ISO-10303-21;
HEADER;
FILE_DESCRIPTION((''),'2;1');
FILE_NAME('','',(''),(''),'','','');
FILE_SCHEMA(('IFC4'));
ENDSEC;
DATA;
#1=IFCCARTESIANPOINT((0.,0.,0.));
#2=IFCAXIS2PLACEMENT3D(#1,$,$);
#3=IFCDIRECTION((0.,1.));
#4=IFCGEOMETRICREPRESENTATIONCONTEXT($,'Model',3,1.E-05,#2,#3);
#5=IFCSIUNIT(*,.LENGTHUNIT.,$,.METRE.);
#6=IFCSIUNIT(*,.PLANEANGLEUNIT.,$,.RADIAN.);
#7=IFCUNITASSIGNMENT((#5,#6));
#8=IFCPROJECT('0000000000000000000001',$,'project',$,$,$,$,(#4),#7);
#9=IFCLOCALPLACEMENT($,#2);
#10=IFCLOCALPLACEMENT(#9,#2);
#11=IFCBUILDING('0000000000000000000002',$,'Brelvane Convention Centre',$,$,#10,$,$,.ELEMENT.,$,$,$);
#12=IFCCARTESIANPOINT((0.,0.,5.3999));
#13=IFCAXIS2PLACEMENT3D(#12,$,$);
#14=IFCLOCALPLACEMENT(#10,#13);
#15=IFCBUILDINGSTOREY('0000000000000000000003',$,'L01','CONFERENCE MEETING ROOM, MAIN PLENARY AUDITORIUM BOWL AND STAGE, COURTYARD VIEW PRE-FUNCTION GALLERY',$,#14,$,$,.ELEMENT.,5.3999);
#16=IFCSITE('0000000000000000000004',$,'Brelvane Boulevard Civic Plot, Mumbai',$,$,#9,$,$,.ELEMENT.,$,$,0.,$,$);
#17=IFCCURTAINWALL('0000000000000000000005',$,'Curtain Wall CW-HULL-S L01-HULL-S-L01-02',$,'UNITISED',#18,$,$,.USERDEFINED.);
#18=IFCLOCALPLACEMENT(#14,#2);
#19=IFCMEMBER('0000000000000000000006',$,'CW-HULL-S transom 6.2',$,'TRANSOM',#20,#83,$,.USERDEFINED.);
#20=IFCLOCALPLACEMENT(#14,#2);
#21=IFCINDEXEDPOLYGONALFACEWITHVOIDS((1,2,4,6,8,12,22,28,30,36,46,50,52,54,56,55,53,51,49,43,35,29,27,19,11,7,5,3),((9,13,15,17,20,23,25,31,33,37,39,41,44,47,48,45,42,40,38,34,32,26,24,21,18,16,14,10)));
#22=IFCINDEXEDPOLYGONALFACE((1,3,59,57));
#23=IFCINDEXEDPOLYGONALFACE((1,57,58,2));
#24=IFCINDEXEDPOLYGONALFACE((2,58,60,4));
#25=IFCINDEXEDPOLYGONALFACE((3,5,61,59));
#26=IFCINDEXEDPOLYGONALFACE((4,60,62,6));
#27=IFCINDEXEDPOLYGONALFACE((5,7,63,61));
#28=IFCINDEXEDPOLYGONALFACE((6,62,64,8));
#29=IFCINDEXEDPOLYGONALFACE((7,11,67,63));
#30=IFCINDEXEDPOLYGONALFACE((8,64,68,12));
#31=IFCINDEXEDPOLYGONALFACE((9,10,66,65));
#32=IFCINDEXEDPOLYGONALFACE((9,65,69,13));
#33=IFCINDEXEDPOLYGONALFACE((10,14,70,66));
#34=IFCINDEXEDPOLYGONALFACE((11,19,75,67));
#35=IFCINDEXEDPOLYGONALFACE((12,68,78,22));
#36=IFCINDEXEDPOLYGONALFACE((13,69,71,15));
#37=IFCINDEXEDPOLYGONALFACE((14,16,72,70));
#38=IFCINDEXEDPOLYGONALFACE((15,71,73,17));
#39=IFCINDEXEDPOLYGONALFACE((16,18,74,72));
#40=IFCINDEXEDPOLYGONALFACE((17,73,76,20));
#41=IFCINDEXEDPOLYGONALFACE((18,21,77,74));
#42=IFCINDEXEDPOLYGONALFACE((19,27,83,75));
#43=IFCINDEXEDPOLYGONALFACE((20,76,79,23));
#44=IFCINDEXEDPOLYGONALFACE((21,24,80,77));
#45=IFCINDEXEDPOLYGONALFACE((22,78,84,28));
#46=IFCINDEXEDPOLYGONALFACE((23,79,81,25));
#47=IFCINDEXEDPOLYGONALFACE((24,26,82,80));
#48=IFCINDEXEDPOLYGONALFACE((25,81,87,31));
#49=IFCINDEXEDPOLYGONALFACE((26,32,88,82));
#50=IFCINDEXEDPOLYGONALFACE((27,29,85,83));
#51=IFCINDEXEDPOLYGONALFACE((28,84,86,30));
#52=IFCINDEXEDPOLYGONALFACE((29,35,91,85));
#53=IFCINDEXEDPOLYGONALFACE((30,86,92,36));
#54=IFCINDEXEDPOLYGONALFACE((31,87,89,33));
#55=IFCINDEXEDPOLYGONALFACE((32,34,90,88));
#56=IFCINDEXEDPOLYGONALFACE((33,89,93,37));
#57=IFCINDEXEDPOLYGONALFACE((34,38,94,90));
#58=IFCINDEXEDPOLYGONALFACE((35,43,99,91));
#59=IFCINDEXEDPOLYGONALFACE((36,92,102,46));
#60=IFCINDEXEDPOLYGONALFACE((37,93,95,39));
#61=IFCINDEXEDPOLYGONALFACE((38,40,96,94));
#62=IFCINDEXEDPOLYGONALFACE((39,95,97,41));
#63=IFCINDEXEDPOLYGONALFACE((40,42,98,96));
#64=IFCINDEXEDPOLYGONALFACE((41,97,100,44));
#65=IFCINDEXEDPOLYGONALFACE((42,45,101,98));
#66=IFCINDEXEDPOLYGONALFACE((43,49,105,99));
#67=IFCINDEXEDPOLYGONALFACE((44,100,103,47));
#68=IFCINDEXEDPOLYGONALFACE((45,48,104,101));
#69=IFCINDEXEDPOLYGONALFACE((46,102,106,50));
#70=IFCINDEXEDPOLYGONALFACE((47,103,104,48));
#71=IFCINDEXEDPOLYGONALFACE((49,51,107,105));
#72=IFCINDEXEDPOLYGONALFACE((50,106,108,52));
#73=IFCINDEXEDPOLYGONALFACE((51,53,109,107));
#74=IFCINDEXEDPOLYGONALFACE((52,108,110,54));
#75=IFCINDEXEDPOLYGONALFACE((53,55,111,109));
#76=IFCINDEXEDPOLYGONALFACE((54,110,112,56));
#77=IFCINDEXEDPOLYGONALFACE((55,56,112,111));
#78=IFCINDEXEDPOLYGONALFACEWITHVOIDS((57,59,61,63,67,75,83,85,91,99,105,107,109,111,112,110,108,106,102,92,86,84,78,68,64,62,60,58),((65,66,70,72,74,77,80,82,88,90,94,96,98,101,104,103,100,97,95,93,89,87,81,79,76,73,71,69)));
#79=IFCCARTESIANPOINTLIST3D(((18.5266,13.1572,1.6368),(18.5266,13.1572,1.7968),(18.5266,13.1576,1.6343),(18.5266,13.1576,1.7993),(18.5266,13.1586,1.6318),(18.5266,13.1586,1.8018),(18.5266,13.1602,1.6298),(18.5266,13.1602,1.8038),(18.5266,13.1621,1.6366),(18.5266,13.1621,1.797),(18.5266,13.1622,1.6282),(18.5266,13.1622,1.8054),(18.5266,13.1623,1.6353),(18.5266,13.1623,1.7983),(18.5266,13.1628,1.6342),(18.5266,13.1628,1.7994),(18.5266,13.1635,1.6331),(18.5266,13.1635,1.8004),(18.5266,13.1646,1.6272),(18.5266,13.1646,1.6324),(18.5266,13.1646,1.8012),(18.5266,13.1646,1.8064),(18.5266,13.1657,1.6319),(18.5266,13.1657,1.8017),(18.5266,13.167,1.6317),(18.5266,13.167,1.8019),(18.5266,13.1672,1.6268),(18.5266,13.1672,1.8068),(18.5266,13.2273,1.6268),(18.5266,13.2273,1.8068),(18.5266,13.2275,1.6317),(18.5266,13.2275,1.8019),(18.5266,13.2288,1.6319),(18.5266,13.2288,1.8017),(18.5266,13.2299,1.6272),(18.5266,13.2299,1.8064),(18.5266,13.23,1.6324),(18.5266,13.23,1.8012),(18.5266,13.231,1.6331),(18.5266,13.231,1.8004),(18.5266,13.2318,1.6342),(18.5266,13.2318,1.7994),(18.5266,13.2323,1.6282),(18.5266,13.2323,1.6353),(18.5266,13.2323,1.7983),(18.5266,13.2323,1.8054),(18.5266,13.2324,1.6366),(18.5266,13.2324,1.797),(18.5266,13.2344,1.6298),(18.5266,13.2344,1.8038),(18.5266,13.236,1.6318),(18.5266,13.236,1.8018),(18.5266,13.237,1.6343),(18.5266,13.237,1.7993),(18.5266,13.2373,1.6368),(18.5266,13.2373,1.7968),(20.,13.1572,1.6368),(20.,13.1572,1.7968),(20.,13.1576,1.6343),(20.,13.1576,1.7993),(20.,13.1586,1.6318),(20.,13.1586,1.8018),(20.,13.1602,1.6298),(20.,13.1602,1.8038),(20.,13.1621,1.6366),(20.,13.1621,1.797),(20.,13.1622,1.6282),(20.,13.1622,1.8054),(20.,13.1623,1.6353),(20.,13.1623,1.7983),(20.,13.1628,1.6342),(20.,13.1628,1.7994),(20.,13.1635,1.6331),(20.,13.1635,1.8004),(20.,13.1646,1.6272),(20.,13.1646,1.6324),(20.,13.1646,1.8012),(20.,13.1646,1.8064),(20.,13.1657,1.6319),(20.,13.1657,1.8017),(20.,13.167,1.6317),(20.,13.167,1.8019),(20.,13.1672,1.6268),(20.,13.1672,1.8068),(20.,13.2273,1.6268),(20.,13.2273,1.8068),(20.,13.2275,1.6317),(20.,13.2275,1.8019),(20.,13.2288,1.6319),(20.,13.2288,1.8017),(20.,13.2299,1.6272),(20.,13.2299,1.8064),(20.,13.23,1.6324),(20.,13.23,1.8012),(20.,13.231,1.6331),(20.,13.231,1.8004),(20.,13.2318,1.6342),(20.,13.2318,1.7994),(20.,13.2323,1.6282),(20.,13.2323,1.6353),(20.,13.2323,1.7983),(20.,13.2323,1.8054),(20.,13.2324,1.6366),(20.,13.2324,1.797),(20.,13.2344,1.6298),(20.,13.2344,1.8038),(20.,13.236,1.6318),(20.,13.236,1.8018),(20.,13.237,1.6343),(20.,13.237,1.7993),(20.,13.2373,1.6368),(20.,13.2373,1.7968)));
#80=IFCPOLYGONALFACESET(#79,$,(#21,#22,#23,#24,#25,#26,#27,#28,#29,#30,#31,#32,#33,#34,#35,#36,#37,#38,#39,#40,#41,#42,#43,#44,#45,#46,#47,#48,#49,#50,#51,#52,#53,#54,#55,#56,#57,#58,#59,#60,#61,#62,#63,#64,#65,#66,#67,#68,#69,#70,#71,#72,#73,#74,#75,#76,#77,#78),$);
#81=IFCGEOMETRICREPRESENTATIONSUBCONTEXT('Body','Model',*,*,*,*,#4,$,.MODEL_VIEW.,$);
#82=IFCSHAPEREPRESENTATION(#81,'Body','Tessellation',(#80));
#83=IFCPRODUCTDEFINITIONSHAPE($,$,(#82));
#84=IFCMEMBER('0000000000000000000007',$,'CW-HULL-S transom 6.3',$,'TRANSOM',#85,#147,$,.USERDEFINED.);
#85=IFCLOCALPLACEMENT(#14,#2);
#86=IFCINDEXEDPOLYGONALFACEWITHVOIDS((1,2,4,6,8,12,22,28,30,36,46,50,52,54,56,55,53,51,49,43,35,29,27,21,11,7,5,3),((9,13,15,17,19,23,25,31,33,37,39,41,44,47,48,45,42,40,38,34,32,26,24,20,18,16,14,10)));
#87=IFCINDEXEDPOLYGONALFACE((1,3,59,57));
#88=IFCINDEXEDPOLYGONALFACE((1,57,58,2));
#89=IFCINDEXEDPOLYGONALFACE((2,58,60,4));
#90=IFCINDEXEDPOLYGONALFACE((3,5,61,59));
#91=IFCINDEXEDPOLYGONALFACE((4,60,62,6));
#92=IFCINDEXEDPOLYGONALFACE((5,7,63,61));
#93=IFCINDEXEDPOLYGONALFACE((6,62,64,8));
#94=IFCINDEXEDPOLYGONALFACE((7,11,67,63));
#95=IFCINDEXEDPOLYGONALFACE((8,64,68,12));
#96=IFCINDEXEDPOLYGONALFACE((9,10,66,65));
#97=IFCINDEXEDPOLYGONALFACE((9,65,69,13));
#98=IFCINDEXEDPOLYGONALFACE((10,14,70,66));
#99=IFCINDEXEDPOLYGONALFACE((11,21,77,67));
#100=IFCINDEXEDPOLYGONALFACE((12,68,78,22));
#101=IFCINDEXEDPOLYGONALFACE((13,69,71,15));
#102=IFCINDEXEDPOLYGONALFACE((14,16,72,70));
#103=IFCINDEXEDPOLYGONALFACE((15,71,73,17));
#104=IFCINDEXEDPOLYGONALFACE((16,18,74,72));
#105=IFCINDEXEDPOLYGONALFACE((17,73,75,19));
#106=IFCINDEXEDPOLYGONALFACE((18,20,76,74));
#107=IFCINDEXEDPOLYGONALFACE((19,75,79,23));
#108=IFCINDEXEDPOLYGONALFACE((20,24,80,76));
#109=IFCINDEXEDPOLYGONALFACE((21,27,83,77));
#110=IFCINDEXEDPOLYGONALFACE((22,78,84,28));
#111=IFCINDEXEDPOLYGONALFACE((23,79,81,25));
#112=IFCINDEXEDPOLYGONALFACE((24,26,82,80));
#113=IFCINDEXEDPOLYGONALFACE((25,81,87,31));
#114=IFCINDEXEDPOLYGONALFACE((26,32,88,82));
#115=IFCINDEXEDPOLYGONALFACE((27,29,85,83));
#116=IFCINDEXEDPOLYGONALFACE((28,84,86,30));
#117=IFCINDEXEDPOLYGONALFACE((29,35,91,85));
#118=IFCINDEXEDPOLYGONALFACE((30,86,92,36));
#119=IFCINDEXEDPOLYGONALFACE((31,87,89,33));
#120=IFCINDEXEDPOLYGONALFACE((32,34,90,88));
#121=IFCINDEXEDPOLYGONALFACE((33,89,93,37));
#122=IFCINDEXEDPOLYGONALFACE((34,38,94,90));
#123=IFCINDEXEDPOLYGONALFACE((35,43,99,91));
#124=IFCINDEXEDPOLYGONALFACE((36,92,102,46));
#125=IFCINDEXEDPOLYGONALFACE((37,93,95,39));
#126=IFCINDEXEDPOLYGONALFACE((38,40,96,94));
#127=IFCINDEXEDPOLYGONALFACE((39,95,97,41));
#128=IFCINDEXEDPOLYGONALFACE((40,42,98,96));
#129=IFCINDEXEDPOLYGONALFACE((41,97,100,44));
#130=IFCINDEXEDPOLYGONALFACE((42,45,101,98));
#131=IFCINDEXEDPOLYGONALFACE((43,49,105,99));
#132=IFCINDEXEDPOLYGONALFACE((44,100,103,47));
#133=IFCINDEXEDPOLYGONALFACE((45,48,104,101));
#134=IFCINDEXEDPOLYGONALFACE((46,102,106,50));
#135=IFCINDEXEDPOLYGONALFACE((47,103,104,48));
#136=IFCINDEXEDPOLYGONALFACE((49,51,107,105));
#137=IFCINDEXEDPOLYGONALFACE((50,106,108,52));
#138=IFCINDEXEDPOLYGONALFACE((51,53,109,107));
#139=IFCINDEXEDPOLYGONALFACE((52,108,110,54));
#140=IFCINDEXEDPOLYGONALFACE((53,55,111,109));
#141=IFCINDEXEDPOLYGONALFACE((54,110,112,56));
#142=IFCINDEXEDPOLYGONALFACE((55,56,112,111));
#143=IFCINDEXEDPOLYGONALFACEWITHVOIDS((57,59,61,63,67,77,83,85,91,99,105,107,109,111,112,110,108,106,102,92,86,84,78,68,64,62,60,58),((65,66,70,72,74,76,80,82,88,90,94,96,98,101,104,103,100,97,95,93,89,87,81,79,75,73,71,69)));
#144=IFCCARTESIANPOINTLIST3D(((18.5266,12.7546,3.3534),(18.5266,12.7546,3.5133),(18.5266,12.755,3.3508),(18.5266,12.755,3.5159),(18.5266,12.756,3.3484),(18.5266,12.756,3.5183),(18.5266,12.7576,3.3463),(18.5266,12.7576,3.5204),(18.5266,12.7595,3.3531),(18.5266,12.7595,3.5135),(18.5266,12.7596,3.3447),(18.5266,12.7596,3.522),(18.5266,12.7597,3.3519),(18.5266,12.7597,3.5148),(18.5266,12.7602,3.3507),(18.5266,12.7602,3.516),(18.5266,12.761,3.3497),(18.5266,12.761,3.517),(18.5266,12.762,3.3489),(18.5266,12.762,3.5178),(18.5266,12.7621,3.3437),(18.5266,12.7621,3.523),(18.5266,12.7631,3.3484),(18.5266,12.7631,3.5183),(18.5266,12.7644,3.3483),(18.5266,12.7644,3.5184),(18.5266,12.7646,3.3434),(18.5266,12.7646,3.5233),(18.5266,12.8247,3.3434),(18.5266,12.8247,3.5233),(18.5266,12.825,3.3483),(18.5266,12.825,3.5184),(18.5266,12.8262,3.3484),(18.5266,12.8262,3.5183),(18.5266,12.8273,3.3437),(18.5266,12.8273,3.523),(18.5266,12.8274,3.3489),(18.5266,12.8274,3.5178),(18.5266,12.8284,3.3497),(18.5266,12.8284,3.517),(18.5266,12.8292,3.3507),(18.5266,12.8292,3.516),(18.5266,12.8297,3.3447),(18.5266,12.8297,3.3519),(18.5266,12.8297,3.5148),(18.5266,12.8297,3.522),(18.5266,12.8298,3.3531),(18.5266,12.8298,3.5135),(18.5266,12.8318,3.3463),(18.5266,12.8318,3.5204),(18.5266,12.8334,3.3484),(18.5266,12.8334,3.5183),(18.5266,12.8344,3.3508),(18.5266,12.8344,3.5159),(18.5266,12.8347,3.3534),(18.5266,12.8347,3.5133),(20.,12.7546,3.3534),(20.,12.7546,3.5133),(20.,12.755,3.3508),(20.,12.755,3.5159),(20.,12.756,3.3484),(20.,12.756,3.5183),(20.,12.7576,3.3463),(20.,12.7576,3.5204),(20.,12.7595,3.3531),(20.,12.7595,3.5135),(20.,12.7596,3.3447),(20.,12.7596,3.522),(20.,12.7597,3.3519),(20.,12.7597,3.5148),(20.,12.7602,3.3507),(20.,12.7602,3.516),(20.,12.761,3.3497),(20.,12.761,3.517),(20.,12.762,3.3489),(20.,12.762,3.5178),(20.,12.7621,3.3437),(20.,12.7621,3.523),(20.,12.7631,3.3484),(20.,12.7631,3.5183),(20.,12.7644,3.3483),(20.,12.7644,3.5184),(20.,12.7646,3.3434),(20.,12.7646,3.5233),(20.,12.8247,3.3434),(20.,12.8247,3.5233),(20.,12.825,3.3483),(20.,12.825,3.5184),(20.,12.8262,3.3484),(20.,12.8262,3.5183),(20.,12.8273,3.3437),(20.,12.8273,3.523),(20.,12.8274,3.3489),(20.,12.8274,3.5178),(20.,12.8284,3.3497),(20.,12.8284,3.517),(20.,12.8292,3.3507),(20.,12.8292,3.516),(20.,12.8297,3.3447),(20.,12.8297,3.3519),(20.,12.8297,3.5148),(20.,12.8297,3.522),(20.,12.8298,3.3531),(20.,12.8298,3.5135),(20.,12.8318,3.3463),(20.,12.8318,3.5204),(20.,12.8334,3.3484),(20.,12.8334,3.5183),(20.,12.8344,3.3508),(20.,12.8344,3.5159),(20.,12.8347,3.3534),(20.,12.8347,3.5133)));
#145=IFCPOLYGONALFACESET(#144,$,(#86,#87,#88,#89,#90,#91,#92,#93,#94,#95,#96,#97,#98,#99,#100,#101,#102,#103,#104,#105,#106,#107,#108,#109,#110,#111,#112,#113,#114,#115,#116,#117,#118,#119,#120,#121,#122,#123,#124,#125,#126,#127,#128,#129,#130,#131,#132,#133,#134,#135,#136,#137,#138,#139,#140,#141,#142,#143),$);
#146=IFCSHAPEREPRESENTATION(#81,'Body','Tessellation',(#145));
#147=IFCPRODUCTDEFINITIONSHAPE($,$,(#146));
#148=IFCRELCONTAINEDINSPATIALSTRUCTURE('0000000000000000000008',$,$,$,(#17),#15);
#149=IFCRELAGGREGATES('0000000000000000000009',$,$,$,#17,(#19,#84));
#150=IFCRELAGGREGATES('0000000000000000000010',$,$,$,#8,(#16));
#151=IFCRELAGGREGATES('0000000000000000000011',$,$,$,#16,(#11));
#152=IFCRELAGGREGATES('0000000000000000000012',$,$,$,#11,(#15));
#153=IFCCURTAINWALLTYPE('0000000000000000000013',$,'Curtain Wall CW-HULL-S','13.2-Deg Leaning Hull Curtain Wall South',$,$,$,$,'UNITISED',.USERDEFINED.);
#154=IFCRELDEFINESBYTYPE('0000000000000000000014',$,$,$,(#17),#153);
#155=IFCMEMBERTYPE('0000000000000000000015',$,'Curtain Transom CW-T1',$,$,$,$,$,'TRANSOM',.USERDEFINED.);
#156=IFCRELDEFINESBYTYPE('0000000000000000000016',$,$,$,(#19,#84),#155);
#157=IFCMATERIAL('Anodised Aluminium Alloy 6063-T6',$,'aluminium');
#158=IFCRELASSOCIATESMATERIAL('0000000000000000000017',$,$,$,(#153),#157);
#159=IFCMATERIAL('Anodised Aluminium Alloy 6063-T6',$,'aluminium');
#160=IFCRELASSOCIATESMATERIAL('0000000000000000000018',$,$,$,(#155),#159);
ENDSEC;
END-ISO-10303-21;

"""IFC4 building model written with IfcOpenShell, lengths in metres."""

from ifc_helpers import new_model, si_unit, direction, frame, origin, origin_2d, place, context, subcontext, project, spatial, hollow_rectangle, extrude, material, material_profile, profile_set, type_object, element, aggregate, save


model = new_model("IFC4")

# Units and contexts
model_context = context("Model", 3, precision=1e-05, world=origin(), true_north=direction((0.0, 1.0)))
body_context = subcontext(model_context, "Body", "Model", "MODEL_VIEW")
ifc_project = project(units=[si_unit("LENGTHUNIT", "METRE"), si_unit("PLANEANGLEUNIT", "RADIAN")], contexts=[model_context])

# Site, building, storey
site_placement = place(None, origin())
site = spatial("IfcSite", under=ifc_project, at=site_placement, Name="Brelvane Boulevard Civic Plot, Mumbai", CompositionType="ELEMENT", RefElevation=0.0)
building_placement = place(site_placement, origin())
building = spatial("IfcBuilding", under=site, at=building_placement, Name="Brelvane Convention Centre", CompositionType="ELEMENT")
storey_placement = place(building_placement, frame((0.0, 0.0, 5.3999)))
storey = spatial("IfcBuildingStorey", under=building, at=storey_placement, Name="L01", Description="CONFERENCE MEETING ROOM, MAIN PLENARY AUDITORIUM BOWL AND STAGE, COURTYARD VIEW PRE-FUNCTION GALLERY", CompositionType="ELEMENT", Elevation=5.3999)

# Curtain wall, members
ifc_material_1 = material(Name="Anodised Aluminium Alloy 6063-T6", Category="aluminium")
curtain_wall_type = type_object("IfcCurtainWallType", Name="Curtain Wall CW-HULL-S", Description="13.2-Deg Leaning Hull Curtain Wall South", ElementType="UNITISED", PredefinedType="USERDEFINED", material=ifc_material_1)
curtain_wall_1_placement = place(storey_placement, origin())
curtain_wall_1 = element("IfcCurtainWall", 1, at=curtain_wall_1_placement, inside=storey, type_object=curtain_wall_type, Name="Curtain Wall CW-HULL-S L01-HULL-S-L01-02", ObjectType="UNITISED", PredefinedType="USERDEFINED")
ifc_material_2 = material(Name="Anodised Aluminium Alloy 6063-T6", Category="aluminium")
ifc_material_profile = material_profile(ifc_material_2, hollow_rectangle(XDim=0.0801, YDim=0.1799, WallThickness=0.0049, InnerFilletRadius=0.0049, OuterFilletRadius=0.01, at=origin_2d()), Name="ALU-T 180x80x5.0")
ifc_profile_set = profile_set([ifc_material_profile], Name="Anodised Aluminium Alloy 6063-T6")
member_type = type_object("IfcMemberType", Name="Curtain Transom CW-T1", ElementType="TRANSOM", PredefinedType="USERDEFINED", material=ifc_profile_set)
member_1_placement = place(storey_placement, frame((18.5266, 13.1973, 1.7168), z_axis=(1.0, 0.0, 0.0), x_axis=(0.0, 1.0, 0.0)))
member_1 = element("IfcMember", 2, at=member_1_placement, type_object=member_type, Name="CW-HULL-S transom 6.2", ObjectType="TRANSOM", PredefinedType="USERDEFINED", context=body_context, shape_type="SweptSolid", body=[
    extrude(hollow_rectangle(XDim=0.0801, YDim=0.1799, WallThickness=0.0049, InnerFilletRadius=0.0049, OuterFilletRadius=0.01, at=origin_2d()), origin(), (0.0, 0.0, 1.0), 1.4734),
])
member_2_placement = place(storey_placement, frame((18.5266, 12.7947, 3.4333), z_axis=(1.0, 0.0, 0.0), x_axis=(0.0, 1.0, 0.0)))
member_2 = element("IfcMember", 3, at=member_2_placement, type_object=member_type, Name="CW-HULL-S transom 6.3", ObjectType="TRANSOM", PredefinedType="USERDEFINED", context=body_context, shape_type="SweptSolid", body=[
    extrude(hollow_rectangle(XDim=0.0801, YDim=0.1799, WallThickness=0.0049, InnerFilletRadius=0.0049, OuterFilletRadius=0.01, at=origin_2d()), origin(), (0.0, 0.0, 1.0), 1.4734),
])

aggregate(curtain_wall_1, [member_1, member_2])

save(model, "model.ifc")
